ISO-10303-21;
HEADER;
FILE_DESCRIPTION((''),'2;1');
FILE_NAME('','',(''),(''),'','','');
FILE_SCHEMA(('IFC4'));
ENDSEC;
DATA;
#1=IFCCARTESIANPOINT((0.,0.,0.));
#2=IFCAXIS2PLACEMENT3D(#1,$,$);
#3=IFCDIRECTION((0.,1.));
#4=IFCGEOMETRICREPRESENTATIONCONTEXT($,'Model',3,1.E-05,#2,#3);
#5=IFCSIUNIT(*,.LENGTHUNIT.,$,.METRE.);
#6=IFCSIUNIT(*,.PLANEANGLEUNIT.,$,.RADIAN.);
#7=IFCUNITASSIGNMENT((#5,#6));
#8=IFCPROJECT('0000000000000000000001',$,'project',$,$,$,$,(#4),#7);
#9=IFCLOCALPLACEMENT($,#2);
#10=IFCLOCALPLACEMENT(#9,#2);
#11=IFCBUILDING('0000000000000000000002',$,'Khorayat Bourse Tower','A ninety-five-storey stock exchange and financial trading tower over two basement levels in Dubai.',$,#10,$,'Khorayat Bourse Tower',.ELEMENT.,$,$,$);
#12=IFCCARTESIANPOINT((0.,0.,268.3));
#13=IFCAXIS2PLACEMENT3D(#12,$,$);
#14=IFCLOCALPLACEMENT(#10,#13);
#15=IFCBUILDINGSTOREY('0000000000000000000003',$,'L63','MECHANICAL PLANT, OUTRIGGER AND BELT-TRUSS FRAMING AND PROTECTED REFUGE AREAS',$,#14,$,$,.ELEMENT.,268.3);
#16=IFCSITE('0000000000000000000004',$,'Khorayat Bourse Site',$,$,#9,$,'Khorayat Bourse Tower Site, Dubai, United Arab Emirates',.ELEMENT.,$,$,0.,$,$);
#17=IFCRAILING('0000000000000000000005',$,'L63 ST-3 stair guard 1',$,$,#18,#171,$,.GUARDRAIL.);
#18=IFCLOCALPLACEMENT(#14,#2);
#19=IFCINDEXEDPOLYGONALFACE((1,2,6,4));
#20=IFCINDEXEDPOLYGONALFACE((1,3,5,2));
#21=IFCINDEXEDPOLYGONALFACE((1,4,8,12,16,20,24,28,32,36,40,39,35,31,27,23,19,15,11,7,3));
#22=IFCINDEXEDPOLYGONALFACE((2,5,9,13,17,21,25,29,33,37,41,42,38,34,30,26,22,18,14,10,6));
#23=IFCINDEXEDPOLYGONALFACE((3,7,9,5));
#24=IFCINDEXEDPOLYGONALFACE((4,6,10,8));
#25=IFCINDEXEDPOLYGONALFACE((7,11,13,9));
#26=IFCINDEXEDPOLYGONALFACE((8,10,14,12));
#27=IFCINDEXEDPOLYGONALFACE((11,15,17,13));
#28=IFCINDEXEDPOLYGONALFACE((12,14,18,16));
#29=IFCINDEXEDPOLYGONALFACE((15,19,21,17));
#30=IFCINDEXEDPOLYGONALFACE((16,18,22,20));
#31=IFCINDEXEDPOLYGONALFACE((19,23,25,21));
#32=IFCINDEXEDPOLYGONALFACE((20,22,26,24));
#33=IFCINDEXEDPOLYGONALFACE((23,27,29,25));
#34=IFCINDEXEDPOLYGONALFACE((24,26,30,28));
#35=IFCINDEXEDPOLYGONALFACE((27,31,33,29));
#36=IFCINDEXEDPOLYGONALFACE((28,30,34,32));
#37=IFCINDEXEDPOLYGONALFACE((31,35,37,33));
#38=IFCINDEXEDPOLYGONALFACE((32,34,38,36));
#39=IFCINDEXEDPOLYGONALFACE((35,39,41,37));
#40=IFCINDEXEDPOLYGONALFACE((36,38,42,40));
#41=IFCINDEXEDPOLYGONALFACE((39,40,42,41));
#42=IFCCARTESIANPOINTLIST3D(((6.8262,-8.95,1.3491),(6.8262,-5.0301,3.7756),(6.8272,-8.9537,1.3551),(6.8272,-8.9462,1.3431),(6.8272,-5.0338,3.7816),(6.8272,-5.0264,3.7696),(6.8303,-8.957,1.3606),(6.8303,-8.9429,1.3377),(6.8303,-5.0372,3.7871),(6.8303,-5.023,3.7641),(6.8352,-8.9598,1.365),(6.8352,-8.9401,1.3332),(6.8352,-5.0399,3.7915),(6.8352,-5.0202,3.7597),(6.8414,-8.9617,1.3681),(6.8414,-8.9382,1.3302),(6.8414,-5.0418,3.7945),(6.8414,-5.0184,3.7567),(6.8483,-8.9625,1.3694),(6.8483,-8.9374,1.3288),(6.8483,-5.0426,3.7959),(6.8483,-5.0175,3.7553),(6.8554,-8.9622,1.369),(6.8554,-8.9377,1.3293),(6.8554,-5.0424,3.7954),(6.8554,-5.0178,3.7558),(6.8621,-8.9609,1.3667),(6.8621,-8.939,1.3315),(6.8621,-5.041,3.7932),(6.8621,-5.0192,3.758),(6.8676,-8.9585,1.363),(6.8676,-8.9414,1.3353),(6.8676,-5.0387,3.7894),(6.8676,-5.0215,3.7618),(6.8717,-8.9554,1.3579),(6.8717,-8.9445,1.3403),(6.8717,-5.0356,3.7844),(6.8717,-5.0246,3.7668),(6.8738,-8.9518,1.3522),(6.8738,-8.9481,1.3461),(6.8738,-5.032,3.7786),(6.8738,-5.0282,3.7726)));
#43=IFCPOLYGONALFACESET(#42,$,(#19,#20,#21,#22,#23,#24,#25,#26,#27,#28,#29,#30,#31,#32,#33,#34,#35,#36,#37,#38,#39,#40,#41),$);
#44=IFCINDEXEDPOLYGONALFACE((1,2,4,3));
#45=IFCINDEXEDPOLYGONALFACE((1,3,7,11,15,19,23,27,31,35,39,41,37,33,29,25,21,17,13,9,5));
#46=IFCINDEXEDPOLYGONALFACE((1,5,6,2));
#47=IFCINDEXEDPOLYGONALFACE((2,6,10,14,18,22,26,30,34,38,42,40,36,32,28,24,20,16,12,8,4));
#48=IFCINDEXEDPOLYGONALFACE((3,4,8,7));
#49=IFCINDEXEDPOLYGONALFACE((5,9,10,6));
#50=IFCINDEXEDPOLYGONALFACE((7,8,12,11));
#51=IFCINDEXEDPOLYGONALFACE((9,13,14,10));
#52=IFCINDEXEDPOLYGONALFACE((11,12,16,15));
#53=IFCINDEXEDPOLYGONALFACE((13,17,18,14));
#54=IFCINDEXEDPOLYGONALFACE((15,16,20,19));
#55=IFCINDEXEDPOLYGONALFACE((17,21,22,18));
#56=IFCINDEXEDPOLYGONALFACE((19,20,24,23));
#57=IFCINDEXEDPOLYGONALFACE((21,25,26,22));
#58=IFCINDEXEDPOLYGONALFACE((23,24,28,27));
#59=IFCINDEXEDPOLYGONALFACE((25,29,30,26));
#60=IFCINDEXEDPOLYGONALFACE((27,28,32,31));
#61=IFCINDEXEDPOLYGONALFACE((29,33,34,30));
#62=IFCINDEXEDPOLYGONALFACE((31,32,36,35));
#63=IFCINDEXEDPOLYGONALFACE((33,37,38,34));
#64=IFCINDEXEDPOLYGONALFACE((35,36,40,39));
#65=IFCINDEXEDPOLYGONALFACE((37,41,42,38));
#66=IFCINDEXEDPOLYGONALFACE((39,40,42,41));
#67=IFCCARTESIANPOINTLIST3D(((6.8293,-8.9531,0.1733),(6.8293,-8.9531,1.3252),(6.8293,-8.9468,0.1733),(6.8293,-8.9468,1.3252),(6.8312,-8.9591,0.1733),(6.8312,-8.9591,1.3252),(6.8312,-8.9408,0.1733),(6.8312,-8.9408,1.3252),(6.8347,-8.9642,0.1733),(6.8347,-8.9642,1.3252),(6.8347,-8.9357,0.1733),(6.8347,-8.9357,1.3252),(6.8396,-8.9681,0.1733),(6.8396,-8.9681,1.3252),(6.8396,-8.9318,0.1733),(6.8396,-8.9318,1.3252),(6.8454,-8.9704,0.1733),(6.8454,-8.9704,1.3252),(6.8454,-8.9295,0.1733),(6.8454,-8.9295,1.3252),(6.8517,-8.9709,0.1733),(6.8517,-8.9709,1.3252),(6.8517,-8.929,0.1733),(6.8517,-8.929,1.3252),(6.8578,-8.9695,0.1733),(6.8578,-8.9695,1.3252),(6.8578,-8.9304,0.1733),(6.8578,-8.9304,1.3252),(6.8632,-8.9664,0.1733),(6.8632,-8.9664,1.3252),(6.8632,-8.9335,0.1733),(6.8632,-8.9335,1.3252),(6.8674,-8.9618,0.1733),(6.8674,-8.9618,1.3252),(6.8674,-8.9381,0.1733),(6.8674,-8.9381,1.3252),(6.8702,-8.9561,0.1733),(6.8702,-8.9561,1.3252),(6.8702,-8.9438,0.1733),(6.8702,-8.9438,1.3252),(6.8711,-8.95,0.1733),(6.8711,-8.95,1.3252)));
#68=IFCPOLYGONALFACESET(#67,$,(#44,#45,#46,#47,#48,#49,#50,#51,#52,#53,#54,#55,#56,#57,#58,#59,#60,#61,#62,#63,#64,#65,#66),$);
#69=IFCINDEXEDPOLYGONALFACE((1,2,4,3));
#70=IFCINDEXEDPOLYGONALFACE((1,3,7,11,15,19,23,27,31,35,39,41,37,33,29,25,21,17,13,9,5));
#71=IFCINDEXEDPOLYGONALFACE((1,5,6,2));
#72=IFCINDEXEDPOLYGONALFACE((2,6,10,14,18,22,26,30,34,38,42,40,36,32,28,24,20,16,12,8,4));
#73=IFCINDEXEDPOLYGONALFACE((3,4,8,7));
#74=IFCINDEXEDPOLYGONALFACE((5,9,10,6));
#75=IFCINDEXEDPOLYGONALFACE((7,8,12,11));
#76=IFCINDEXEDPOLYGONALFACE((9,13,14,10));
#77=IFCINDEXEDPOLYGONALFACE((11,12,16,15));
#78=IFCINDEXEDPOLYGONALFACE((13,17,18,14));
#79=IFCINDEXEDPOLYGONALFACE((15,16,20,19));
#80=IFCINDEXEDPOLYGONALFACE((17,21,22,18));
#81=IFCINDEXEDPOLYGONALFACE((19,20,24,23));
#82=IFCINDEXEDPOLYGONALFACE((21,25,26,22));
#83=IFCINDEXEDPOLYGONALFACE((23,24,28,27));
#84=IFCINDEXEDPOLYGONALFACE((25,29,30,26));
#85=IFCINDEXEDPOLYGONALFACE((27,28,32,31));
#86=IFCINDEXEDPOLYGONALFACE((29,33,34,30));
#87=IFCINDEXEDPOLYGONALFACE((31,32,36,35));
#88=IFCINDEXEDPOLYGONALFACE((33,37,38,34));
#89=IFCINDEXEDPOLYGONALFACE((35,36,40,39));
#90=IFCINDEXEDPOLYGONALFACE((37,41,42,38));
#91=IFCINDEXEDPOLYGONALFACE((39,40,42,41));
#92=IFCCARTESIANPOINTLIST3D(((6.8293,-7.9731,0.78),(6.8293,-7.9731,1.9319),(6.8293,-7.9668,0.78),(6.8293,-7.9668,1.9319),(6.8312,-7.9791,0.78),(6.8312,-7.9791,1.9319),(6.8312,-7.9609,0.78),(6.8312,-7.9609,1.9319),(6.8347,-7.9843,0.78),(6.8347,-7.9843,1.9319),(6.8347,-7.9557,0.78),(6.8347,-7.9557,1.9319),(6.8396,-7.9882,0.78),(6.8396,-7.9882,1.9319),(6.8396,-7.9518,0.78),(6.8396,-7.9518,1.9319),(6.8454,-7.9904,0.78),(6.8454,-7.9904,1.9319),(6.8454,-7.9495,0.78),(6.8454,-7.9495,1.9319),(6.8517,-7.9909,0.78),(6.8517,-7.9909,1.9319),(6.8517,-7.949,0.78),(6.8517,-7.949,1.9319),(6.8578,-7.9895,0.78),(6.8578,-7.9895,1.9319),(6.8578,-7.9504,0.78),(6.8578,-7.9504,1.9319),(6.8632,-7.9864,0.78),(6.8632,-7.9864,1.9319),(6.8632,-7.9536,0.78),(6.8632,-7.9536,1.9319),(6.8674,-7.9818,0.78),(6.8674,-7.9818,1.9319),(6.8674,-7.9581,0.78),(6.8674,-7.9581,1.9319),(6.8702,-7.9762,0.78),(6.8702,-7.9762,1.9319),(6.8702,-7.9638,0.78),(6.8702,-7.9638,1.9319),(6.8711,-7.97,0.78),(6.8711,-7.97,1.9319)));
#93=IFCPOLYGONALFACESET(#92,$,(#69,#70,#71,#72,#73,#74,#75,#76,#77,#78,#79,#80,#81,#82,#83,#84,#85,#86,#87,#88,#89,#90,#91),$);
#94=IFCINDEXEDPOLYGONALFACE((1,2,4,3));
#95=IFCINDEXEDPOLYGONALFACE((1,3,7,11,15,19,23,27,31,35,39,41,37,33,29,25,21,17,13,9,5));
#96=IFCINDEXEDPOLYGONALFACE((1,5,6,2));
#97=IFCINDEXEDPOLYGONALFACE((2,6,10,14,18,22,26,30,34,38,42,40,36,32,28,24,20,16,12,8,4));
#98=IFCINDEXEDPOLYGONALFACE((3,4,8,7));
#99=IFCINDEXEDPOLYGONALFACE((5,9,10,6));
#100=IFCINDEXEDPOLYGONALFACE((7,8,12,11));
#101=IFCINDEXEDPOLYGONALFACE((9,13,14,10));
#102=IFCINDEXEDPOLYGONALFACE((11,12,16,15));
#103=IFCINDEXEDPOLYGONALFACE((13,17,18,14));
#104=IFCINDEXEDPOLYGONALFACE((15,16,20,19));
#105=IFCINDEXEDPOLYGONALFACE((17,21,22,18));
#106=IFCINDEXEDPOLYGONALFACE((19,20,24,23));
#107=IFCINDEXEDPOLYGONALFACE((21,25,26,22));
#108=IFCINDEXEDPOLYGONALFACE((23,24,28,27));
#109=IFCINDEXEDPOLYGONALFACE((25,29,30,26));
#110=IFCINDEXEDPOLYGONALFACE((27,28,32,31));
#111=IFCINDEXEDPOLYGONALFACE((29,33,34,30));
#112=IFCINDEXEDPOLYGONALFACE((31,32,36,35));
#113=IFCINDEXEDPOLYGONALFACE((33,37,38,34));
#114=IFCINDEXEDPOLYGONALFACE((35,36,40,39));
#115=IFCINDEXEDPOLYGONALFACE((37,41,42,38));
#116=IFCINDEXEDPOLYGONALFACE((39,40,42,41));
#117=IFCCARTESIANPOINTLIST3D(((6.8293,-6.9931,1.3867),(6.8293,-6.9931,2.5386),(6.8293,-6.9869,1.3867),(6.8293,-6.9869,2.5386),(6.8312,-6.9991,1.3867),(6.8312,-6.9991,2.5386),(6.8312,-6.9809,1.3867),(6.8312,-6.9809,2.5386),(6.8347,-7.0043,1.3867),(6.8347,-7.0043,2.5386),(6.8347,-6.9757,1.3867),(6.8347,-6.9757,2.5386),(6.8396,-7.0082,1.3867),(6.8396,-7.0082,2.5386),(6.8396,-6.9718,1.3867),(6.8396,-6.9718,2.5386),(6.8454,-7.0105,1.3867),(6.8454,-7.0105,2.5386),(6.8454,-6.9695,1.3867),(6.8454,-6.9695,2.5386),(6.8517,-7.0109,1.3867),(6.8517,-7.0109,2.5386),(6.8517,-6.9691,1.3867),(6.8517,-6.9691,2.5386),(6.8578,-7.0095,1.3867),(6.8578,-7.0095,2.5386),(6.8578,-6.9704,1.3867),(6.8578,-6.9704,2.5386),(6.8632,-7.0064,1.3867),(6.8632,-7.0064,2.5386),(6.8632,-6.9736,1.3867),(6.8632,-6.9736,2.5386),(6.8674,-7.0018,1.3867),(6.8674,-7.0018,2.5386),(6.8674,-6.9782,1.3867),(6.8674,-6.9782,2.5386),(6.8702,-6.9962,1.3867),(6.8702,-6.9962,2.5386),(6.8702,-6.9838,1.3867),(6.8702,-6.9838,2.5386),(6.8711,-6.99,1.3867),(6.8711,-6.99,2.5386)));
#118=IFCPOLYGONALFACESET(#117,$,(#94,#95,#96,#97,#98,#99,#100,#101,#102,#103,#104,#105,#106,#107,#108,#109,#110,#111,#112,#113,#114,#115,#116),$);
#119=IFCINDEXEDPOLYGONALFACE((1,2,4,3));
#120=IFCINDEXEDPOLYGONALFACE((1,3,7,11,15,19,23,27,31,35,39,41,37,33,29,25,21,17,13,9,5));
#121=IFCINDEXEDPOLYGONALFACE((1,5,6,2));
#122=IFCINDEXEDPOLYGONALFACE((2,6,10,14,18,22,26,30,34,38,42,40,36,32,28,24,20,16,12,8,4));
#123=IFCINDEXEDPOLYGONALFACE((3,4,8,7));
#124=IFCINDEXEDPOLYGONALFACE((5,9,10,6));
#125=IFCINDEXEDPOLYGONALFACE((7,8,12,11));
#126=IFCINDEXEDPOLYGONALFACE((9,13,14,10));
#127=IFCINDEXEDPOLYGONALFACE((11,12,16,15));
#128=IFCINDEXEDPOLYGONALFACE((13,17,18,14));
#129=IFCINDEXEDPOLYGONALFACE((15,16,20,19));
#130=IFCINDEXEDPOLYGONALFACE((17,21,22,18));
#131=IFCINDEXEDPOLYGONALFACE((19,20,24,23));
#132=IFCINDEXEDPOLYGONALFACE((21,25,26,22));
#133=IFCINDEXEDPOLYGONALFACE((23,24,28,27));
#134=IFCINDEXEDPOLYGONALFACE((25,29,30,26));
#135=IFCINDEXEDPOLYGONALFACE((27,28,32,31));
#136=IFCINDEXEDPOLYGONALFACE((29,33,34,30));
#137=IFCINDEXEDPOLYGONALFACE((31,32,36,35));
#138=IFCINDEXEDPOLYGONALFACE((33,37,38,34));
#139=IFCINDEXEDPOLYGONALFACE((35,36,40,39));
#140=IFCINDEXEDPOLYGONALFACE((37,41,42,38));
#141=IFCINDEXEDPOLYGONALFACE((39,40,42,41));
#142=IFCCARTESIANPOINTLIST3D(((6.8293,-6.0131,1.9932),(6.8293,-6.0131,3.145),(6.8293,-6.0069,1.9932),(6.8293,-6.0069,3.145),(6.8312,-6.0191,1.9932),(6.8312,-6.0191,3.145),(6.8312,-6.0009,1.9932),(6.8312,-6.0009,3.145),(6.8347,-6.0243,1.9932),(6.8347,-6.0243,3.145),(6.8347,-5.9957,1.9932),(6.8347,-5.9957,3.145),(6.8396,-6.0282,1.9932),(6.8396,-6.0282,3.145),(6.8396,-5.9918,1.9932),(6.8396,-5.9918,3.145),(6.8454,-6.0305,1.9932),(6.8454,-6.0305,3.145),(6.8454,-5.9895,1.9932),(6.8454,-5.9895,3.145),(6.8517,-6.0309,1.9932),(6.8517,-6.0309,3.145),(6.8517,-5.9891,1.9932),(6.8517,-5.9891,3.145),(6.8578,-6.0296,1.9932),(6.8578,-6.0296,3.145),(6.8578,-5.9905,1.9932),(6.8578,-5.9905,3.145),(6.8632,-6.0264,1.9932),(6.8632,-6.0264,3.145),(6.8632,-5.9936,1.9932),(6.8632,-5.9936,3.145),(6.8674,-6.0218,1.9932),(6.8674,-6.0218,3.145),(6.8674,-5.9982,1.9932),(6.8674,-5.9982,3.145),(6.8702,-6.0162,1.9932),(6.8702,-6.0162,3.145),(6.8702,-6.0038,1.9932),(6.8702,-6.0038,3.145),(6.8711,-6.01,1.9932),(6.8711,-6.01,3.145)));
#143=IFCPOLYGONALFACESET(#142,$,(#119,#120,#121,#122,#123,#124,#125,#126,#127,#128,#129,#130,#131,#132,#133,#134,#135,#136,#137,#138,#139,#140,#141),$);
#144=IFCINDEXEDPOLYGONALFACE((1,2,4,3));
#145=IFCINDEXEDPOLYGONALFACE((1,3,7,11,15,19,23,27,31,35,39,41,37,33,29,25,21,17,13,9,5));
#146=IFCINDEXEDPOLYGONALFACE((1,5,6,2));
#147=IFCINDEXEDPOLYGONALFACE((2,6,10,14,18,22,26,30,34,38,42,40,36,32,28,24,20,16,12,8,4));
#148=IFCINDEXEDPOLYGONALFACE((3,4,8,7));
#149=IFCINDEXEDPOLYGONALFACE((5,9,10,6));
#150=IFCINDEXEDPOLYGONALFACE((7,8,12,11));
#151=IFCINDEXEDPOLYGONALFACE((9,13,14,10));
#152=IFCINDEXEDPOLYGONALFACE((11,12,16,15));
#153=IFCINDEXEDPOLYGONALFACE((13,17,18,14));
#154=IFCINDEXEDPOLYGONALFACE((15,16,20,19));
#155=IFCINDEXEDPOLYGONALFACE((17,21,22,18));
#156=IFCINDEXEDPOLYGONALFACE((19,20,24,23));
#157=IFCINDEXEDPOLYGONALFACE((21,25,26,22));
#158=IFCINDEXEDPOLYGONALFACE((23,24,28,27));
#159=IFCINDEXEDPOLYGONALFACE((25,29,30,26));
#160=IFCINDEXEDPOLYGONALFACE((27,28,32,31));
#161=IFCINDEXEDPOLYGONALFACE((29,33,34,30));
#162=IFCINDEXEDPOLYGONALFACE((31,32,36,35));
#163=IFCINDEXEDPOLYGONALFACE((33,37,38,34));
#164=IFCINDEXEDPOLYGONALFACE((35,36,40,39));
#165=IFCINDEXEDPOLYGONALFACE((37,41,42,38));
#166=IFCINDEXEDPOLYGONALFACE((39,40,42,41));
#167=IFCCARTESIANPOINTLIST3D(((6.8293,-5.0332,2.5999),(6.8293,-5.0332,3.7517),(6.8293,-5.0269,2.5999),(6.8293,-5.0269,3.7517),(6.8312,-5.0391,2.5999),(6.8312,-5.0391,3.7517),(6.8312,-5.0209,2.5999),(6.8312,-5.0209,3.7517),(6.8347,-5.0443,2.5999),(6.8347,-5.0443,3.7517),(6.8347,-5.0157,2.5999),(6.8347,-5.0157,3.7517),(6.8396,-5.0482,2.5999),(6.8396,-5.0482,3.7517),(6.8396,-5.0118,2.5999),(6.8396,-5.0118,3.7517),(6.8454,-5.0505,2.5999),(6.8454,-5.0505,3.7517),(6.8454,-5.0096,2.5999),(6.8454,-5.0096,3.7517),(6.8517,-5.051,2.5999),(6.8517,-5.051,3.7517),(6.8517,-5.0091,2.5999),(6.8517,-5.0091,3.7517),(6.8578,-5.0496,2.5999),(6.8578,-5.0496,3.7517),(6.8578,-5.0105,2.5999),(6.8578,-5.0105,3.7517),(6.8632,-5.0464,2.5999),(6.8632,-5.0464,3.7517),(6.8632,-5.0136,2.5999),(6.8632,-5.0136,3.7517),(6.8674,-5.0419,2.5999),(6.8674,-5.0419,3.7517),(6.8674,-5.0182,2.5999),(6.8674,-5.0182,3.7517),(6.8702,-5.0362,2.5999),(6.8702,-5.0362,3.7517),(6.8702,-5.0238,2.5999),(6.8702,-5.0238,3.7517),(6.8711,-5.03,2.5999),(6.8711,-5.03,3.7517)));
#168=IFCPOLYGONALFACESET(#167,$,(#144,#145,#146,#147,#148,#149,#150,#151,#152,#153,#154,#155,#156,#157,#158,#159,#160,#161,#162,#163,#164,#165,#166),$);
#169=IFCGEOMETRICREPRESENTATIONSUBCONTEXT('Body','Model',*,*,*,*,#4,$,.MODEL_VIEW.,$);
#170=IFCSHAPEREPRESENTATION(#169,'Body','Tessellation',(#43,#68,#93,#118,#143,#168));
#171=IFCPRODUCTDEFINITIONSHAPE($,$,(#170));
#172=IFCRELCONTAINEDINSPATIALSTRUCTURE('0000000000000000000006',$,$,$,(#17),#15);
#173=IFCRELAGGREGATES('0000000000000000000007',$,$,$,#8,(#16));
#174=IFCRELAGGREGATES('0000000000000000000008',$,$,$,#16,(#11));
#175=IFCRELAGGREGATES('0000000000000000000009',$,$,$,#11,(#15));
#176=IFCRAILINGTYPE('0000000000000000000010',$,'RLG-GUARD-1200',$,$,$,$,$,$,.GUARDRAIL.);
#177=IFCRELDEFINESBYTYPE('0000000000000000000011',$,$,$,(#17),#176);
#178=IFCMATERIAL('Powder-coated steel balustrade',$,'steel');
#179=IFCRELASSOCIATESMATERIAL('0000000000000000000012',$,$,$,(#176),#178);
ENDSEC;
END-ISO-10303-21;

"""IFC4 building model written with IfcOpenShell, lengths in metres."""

from ifc_helpers import new_model, si_unit, direction, frame, origin, origin_2d, place, context, subcontext, project, spatial, circle, extrude, source, transform, mapped, material, type_object, element, save


model = new_model("IFC4")

# Units and contexts
model_context = context("Model", 3, precision=1e-05, world=origin(), true_north=direction((0.0, 1.0)))
body_context = subcontext(model_context, "Body", "Model", "MODEL_VIEW")
ifc_project = project(units=[si_unit("LENGTHUNIT", "METRE"), si_unit("PLANEANGLEUNIT", "RADIAN")], contexts=[model_context])

# Site, building, storey
site_placement = place(None, origin())
site = spatial("IfcSite", under=ifc_project, at=site_placement, Name="Khorayat Bourse Site", LongName="Khorayat Bourse Tower Site, Dubai, United Arab Emirates", CompositionType="ELEMENT", RefElevation=0.0)
building_placement = place(site_placement, origin())
building = spatial("IfcBuilding", under=site, at=building_placement, Name="Khorayat Bourse Tower", Description="A ninety-five-storey stock exchange and financial trading tower over two basement levels in Dubai.", LongName="Khorayat Bourse Tower", CompositionType="ELEMENT")
storey_placement = place(building_placement, frame((0.0, 0.0, 268.3)))
storey = spatial("IfcBuildingStorey", under=building, at=storey_placement, Name="L63", Description="MECHANICAL PLANT, OUTRIGGER AND BELT-TRUSS FRAMING AND PROTECTED REFUGE AREAS", CompositionType="ELEMENT", Elevation=268.3)

# Railing
ifc_material_1 = material(Name="Powder-coated steel balustrade", Category="steel")
railing_type_1 = type_object("IfcRailingType", Name="RLG-GUARD-1200", PredefinedType="GUARDRAIL", material=ifc_material_1)
shared_shape_1 = source(origin(), body_context, "Body", "SweptSolid", [
    extrude(circle(Radius=0.0239, at=origin_2d()), frame((0.0, 0.0, 1.1758), z_axis=(0.0, 0.850275, 0.526338), x_axis=(-1.0, 0.0, 0.0)), (0.0, 0.0, 1.0), 4.6101),
    extrude(circle(Radius=0.021, at=origin_2d()), origin(), (0.0, 0.0, 1.0), 1.1519),
    extrude(circle(Radius=0.021, at=origin_2d()), frame((0.0, 0.98, 0.6067)), (0.0, 0.0, 1.0), 1.1519),
    extrude(circle(Radius=0.021, at=origin_2d()), frame((0.0, 1.96, 1.2134)), (0.0, 0.0, 1.0), 1.1519),
    extrude(circle(Radius=0.021, at=origin_2d()), frame((0.0, 2.9399, 1.8198)), (0.0, 0.0, 1.0), 1.1519),
    extrude(circle(Radius=0.021, at=origin_2d()), frame((0.0, 3.9199, 2.4265)), (0.0, 0.0, 1.0), 1.1519),
])
railing_1_placement = place(storey_placement, frame((6.8501, -8.95, 0.1733)))
element("IfcRailing", 1, at=railing_1_placement, inside=storey, type_object=railing_type_1, Name="L63 ST-3 stair guard 1", PredefinedType="GUARDRAIL", context=body_context, shape_type="MappedRepresentation", body=[
    mapped(shared_shape_1, transform((0.0, 0.0, 0.0), scale=1.0)),
])

save(model, "model.ifc")
